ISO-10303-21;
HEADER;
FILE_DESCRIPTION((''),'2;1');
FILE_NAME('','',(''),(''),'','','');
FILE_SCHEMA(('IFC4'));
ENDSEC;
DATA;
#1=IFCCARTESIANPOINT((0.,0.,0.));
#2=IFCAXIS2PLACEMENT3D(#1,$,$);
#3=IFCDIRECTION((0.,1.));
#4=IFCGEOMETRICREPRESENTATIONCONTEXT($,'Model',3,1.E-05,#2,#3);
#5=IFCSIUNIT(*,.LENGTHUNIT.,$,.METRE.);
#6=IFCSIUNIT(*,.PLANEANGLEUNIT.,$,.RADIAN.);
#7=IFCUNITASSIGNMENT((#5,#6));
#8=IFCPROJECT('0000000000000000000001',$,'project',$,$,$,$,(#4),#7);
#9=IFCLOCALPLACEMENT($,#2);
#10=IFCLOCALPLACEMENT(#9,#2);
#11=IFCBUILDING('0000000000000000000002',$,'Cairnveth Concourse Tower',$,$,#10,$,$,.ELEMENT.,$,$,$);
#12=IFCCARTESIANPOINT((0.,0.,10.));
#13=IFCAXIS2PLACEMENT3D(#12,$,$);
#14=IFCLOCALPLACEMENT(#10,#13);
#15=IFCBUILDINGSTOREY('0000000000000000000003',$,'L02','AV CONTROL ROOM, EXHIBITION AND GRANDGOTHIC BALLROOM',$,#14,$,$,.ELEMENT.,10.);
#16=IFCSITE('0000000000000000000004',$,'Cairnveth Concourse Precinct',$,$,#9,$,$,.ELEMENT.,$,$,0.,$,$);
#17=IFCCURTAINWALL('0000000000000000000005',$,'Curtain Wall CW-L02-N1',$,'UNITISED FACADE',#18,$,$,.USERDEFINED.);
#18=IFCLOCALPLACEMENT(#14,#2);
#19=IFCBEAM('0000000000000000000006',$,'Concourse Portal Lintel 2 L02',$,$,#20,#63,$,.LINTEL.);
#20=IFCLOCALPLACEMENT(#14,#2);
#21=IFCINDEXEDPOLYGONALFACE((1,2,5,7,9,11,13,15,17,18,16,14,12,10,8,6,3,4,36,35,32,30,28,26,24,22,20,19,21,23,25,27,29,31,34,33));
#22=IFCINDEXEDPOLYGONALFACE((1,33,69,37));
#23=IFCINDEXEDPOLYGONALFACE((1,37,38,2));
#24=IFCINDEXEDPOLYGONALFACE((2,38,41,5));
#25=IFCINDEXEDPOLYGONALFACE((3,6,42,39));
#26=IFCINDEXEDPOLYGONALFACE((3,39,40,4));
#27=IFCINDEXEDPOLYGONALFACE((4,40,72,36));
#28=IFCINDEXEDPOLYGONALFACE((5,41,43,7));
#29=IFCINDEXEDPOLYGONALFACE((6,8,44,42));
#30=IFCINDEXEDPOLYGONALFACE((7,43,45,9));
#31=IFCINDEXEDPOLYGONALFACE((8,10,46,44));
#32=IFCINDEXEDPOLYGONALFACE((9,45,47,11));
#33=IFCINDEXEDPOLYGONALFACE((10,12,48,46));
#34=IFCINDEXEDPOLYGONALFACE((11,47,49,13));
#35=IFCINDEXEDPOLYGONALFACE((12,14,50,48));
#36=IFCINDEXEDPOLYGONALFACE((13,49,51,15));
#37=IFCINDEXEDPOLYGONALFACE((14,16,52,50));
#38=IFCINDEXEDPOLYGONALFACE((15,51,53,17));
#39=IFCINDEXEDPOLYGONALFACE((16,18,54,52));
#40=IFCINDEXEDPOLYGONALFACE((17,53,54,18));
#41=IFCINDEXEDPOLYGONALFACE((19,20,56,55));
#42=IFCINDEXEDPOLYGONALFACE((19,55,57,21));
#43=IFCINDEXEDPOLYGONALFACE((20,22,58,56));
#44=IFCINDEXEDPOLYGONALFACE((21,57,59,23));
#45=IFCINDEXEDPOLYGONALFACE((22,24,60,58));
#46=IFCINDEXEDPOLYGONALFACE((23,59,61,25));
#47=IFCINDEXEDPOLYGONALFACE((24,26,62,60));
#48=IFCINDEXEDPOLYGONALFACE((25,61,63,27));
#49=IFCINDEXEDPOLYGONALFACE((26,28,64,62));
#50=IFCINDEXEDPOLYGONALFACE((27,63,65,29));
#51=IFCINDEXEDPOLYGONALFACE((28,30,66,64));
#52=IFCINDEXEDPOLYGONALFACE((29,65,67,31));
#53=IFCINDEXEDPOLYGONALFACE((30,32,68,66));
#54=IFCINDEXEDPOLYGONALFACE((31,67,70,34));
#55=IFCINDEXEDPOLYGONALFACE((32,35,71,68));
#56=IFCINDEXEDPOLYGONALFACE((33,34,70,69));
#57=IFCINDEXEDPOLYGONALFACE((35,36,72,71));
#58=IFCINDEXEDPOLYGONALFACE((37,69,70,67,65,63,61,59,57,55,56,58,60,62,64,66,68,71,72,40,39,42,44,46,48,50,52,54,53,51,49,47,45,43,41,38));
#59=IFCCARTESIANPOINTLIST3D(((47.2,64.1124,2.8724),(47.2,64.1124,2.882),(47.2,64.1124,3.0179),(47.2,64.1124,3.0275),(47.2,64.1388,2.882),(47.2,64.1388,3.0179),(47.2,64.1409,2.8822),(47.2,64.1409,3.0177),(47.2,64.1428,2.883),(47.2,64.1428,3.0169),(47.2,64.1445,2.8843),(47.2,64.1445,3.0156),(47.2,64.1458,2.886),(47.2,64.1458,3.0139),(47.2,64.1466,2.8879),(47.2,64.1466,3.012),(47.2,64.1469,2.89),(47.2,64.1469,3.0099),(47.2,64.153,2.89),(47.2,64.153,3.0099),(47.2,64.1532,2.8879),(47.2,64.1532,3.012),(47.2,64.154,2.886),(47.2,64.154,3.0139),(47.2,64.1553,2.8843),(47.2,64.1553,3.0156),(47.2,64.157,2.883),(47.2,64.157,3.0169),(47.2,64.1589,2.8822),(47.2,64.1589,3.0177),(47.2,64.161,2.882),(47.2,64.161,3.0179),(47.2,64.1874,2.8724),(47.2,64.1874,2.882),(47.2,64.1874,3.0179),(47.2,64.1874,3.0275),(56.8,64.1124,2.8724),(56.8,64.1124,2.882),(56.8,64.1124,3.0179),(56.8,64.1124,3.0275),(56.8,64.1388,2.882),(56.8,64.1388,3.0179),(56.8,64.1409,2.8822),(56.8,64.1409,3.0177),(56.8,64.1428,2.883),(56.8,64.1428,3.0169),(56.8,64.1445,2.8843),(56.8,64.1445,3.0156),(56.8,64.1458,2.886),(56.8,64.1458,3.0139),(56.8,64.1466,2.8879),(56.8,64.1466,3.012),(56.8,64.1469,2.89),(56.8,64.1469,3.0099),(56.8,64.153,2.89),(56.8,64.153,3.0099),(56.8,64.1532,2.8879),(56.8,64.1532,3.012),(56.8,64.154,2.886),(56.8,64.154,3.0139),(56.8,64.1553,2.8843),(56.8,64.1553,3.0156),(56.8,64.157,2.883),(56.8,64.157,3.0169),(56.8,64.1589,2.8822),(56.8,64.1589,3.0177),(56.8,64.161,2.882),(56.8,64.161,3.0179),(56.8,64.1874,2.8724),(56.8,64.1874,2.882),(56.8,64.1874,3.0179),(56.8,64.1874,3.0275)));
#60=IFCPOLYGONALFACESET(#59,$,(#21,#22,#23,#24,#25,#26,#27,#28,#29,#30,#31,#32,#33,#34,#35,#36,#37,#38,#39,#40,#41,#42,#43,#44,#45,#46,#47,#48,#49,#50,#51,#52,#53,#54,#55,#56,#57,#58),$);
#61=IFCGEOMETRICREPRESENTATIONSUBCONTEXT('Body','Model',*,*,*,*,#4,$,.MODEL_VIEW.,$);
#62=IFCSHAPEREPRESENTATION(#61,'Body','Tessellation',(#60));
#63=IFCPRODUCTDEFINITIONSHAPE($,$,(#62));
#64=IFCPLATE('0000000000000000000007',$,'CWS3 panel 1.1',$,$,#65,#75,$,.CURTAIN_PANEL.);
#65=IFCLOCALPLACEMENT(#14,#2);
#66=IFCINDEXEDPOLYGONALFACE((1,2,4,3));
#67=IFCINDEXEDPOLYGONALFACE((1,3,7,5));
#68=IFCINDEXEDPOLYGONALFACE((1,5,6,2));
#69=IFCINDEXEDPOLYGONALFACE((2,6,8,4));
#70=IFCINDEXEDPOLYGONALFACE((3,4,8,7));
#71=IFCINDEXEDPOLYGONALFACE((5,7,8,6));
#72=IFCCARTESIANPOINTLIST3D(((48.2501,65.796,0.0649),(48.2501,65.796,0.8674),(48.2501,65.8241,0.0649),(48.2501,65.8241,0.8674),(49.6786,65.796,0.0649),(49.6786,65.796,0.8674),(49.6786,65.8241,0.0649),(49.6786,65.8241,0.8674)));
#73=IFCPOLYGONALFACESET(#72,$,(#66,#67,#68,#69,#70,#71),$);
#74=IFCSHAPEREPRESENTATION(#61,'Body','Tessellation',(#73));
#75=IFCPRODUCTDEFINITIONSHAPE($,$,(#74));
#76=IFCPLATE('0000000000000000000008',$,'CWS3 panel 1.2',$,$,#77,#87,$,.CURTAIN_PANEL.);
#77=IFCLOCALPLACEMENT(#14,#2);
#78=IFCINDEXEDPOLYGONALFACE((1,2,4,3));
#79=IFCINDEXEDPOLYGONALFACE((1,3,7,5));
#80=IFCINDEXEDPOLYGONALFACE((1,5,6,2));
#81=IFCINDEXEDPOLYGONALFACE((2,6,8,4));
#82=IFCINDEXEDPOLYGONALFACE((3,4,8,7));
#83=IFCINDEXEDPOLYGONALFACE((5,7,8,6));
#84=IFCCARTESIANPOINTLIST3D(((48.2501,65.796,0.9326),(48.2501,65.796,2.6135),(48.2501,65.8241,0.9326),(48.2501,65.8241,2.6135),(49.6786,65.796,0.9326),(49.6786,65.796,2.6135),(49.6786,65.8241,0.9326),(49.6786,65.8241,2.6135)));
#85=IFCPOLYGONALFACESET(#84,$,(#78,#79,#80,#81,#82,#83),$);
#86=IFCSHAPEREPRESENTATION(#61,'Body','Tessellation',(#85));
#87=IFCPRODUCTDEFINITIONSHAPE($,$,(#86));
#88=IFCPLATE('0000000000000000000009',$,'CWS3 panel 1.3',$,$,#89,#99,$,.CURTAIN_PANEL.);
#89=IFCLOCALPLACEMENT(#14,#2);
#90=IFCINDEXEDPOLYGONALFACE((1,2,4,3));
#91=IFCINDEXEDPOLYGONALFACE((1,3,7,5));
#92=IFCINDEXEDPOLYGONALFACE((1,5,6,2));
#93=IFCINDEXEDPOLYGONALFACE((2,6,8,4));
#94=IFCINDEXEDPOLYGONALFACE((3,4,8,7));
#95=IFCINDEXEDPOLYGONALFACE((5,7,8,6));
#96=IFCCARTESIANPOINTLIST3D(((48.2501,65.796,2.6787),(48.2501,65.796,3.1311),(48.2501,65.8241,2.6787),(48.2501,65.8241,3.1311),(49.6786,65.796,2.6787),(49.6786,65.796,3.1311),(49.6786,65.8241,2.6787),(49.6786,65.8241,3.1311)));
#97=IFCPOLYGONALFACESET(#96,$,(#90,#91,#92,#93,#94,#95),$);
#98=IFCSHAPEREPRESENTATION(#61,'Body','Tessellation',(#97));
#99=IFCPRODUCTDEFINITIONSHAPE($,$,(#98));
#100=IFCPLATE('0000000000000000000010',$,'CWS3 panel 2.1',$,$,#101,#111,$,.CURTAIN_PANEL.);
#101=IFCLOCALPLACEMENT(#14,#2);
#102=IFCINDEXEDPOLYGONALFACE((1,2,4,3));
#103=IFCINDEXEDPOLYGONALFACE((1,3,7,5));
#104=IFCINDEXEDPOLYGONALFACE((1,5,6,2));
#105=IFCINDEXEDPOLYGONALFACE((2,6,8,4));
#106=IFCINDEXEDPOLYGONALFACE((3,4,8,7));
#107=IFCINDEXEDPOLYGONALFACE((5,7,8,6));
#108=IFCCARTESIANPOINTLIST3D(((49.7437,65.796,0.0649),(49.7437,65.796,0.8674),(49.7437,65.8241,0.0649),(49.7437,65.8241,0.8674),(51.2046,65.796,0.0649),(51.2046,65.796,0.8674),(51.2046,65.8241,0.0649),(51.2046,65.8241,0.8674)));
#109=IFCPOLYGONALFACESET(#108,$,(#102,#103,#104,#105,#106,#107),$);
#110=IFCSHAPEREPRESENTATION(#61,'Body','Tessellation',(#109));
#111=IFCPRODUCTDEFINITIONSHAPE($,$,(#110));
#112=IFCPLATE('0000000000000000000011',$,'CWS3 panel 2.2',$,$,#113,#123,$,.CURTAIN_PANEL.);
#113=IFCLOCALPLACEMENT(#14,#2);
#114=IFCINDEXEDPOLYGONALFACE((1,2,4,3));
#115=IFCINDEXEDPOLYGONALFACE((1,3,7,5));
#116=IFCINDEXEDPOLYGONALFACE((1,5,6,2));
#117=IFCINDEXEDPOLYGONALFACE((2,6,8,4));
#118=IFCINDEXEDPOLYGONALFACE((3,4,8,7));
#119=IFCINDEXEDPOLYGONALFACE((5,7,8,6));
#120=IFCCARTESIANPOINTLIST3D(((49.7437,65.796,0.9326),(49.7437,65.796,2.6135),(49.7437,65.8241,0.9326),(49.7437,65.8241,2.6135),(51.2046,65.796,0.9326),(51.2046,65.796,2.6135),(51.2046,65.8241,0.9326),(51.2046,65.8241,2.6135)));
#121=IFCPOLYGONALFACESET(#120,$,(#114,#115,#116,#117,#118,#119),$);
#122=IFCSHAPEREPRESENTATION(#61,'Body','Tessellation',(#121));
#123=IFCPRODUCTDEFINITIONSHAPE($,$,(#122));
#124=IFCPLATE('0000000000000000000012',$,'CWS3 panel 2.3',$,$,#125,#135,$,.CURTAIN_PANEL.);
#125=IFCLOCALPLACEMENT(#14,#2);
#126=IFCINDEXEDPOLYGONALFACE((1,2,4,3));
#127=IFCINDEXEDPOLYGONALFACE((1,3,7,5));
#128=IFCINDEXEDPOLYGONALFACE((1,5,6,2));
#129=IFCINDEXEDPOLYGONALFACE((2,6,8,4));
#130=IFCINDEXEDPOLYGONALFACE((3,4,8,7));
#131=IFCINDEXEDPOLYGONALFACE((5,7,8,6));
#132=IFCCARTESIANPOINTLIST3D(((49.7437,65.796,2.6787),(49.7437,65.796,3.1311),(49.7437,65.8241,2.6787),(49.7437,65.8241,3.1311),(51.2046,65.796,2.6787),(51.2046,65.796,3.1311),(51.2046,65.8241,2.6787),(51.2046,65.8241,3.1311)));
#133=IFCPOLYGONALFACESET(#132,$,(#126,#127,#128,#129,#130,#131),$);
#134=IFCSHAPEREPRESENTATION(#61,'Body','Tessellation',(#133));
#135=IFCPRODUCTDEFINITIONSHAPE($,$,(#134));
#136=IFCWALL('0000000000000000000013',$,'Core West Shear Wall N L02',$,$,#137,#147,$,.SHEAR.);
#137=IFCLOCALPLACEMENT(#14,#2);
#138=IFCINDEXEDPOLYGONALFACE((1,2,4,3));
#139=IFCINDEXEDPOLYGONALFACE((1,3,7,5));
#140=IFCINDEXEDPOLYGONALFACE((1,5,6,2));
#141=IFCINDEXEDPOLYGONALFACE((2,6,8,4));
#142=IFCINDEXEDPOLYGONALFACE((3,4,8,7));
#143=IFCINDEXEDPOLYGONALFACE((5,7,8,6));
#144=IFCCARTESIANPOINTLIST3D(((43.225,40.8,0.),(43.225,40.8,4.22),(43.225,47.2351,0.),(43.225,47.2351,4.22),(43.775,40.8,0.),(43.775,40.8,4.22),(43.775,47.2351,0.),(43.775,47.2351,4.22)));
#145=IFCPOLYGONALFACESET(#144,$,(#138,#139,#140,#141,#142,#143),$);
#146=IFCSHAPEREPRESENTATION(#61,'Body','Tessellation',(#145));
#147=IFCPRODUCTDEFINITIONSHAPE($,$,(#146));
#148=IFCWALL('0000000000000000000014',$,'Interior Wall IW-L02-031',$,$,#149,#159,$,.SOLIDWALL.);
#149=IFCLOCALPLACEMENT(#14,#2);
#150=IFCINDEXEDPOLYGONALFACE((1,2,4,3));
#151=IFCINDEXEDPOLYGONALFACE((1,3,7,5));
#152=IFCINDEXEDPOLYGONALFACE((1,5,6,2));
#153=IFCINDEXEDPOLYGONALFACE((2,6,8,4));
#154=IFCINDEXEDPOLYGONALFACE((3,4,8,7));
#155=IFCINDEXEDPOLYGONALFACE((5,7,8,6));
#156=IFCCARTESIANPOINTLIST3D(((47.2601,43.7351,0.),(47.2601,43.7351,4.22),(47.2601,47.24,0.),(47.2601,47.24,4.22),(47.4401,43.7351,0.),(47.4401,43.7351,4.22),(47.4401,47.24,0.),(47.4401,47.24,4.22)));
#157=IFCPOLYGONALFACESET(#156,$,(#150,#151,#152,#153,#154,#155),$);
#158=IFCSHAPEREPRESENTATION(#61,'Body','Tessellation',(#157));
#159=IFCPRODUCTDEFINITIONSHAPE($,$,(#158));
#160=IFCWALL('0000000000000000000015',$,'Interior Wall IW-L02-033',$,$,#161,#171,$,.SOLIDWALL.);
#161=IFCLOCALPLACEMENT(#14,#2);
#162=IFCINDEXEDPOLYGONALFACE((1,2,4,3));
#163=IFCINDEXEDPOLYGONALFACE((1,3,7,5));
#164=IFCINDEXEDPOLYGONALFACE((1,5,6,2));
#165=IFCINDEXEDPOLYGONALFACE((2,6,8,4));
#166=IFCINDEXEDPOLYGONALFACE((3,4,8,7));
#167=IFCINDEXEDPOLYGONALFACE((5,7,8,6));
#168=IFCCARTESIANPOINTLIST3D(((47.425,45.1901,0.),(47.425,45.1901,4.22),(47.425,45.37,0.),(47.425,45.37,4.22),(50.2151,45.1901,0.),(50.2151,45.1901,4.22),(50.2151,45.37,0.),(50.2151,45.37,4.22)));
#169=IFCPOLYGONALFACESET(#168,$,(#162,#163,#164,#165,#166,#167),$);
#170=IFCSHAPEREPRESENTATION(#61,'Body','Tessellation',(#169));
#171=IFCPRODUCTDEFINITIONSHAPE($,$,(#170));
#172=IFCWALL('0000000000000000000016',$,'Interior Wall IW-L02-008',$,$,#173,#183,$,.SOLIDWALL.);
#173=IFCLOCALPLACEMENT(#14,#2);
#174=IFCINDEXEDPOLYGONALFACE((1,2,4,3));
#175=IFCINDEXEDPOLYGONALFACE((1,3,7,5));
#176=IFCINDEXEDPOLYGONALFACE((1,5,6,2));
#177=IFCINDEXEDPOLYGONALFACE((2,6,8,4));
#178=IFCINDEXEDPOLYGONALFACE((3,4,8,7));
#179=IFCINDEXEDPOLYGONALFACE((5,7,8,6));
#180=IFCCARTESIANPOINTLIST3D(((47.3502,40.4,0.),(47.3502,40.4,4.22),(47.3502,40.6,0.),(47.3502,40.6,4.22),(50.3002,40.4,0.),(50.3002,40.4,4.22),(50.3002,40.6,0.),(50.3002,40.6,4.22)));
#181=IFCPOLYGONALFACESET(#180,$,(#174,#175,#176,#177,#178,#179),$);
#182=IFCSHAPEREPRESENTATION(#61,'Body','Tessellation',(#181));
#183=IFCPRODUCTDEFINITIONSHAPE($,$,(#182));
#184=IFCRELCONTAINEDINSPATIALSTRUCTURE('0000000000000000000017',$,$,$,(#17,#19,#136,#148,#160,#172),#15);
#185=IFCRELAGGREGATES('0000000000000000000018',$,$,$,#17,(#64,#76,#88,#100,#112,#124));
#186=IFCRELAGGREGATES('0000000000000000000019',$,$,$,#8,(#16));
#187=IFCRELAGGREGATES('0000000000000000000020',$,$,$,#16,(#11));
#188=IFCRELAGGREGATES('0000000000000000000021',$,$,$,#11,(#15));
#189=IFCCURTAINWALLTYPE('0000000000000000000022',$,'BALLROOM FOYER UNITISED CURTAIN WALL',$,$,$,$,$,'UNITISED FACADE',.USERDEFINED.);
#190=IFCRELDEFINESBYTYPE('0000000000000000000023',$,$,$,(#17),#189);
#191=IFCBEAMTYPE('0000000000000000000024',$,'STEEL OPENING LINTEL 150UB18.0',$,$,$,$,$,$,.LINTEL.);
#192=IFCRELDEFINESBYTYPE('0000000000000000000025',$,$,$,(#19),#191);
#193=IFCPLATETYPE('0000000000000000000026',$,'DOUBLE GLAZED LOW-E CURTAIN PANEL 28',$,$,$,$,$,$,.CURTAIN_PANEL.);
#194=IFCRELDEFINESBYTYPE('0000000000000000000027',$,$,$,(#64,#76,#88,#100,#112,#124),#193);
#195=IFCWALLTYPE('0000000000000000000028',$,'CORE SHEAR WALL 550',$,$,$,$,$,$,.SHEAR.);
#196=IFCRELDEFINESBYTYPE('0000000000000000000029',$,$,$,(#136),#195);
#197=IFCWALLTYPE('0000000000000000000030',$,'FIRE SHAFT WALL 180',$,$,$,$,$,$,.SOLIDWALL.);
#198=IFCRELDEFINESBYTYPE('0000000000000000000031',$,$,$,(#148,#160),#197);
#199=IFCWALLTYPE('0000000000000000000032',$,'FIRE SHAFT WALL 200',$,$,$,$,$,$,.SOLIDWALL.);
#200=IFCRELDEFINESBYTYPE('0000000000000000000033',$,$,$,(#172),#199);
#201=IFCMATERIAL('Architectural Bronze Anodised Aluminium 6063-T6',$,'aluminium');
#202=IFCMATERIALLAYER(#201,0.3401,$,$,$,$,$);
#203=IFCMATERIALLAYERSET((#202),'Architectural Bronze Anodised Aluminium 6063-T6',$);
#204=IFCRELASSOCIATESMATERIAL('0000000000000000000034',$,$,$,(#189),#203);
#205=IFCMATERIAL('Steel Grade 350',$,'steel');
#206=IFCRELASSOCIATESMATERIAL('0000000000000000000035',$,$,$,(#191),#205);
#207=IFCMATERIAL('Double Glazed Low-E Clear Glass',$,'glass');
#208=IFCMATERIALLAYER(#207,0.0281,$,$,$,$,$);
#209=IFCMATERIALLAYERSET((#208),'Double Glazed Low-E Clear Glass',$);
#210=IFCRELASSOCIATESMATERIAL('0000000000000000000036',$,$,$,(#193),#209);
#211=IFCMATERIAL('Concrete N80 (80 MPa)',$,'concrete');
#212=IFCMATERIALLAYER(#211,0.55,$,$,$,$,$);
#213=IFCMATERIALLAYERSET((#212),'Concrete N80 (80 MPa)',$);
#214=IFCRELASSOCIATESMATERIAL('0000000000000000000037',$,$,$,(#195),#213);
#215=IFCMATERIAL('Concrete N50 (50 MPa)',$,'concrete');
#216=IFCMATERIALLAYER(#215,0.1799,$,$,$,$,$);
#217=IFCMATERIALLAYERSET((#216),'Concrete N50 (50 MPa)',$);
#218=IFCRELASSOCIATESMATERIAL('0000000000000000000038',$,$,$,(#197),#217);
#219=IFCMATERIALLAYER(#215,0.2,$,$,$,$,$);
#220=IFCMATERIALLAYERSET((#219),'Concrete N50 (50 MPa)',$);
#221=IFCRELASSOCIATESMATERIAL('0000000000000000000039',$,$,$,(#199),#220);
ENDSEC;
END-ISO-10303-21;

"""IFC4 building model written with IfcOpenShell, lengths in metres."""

from ifc_helpers import new_model, si_unit, direction, frame, frame_2d, origin, origin_2d, place, context, subcontext, project, spatial, rectangle, i_section, extrude, material, layer, layer_set, material_profile, profile_set, type_object, element, aggregate, save


model = new_model("IFC4")

# Units and contexts
model_context = context("Model", 3, precision=1e-05, world=origin(), true_north=direction((0.0, 1.0)))
body_context = subcontext(model_context, "Body", "Model", "MODEL_VIEW")
ifc_project = project(units=[si_unit("LENGTHUNIT", "METRE"), si_unit("PLANEANGLEUNIT", "RADIAN")], contexts=[model_context])

# Site, building, storey
site_placement = place(None, origin())
site = spatial("IfcSite", under=ifc_project, at=site_placement, Name="Cairnveth Concourse Precinct", CompositionType="ELEMENT", RefElevation=0.0)
building_placement = place(site_placement, origin())
building = spatial("IfcBuilding", under=site, at=building_placement, Name="Cairnveth Concourse Tower", CompositionType="ELEMENT")
storey_placement = place(building_placement, frame((0.0, 0.0, 10.0)))
storey = spatial("IfcBuildingStorey", under=building, at=storey_placement, Name="L02", Description="AV CONTROL ROOM, EXHIBITION AND GRANDGOTHIC BALLROOM", CompositionType="ELEMENT", Elevation=10.0)

# Shared definitions
ifc_material_1 = material(Name="Concrete N80 (80 MPa)", Category="concrete")

# Curtain wall
ifc_material_2 = material(Name="Architectural Bronze Anodised Aluminium 6063-T6", Category="aluminium")
ifc_layer_1 = layer(ifc_material_2, 0.3401)
ifc_layer_set_1 = layer_set([ifc_layer_1], Name="Architectural Bronze Anodised Aluminium 6063-T6")
curtain_wall_type = type_object("IfcCurtainWallType", Name="BALLROOM FOYER UNITISED CURTAIN WALL", ElementType="UNITISED FACADE", PredefinedType="USERDEFINED", material=ifc_layer_set_1)
curtain_wall_placement = place(storey_placement, origin())
curtain_wall = element("IfcCurtainWall", 1, at=curtain_wall_placement, inside=storey, type_object=curtain_wall_type, Name="Curtain Wall CW-L02-N1", ObjectType="UNITISED FACADE", PredefinedType="USERDEFINED")

# Beam
ifc_material_3 = material(Name="Steel Grade 350", Category="steel")
ifc_material_profile_1 = material_profile(ifc_material_3, i_section(OverallWidth=0.075, OverallDepth=0.155, WebThickness=0.0061, FlangeThickness=0.0095, FilletRadius=0.0081, at=origin_2d()), Name="150UB18.0")
ifc_profile_set_1 = profile_set([ifc_material_profile_1], Name="Steel Grade 350")
beam_type_1 = type_object("IfcBeamType", Name="STEEL OPENING LINTEL 150UB18.0", PredefinedType="LINTEL", material=ifc_profile_set_1)
beam_1_placement = place(storey_placement, frame((47.2, 64.1499, 2.95), z_axis=(1.0, 0.0, 0.0), x_axis=(0.0, 1.0, 0.0)))
element("IfcBeam", 2, at=beam_1_placement, inside=storey, type_object=beam_type_1, Name="Concourse Portal Lintel 2 L02", PredefinedType="LINTEL", context=body_context, shape_type="SweptSolid", body=[
    extrude(i_section(OverallWidth=0.075, OverallDepth=0.155, WebThickness=0.0061, FlangeThickness=0.0095, FilletRadius=0.0081, at=origin_2d()), origin(), (0.0, 0.0, 1.0), 9.6001),
])

# Plates
ifc_material_4 = material(Name="Double Glazed Low-E Clear Glass", Category="glass")
ifc_layer_2 = layer(ifc_material_4, 0.0281)
ifc_layer_set_2 = layer_set([ifc_layer_2], Name="Double Glazed Low-E Clear Glass")
plate_type = type_object("IfcPlateType", Name="DOUBLE GLAZED LOW-E CURTAIN PANEL 28", PredefinedType="CURTAIN_PANEL", material=ifc_layer_set_2)
plate_1_placement = place(storey_placement, frame((48.9644, 65.8101, 0.0649), z_axis=(0.0, 0.0, 1.0), x_axis=(1.0, 0.0, 0.0)))
plate_1 = element("IfcPlate", 3, at=plate_1_placement, type_object=plate_type, Name="CWS3 panel 1.1", PredefinedType="CURTAIN_PANEL", context=body_context, shape_type="SweptSolid", body=[
    extrude(rectangle(XDim=1.4285, YDim=0.0281, at=origin_2d()), origin(), (0.0, 0.0, 1.0), 0.8025),
])
plate_2_placement = place(storey_placement, frame((48.9644, 65.8101, 0.9326), z_axis=(0.0, 0.0, 1.0), x_axis=(1.0, 0.0, 0.0)))
plate_2 = element("IfcPlate", 4, at=plate_2_placement, type_object=plate_type, Name="CWS3 panel 1.2", PredefinedType="CURTAIN_PANEL", context=body_context, shape_type="SweptSolid", body=[
    extrude(rectangle(XDim=1.4285, YDim=0.0281, at=origin_2d()), origin(), (0.0, 0.0, 1.0), 1.6809),
])
plate_3_placement = place(storey_placement, frame((48.9644, 65.8101, 2.6787), z_axis=(0.0, 0.0, 1.0), x_axis=(1.0, 0.0, 0.0)))
plate_3 = element("IfcPlate", 5, at=plate_3_placement, type_object=plate_type, Name="CWS3 panel 1.3", PredefinedType="CURTAIN_PANEL", context=body_context, shape_type="SweptSolid", body=[
    extrude(rectangle(XDim=1.4285, YDim=0.0281, at=origin_2d()), origin(), (0.0, 0.0, 1.0), 0.4524),
])
plate_4_placement = place(storey_placement, frame((50.4741, 65.8101, 0.0649), z_axis=(0.0, 0.0, 1.0), x_axis=(1.0, 0.0, 0.0)))
plate_4 = element("IfcPlate", 6, at=plate_4_placement, type_object=plate_type, Name="CWS3 panel 2.1", PredefinedType="CURTAIN_PANEL", context=body_context, shape_type="SweptSolid", body=[
    extrude(rectangle(XDim=1.4609, YDim=0.0281, at=origin_2d()), origin(), (0.0, 0.0, 1.0), 0.8025),
])
plate_5_placement = place(storey_placement, frame((50.4741, 65.8101, 0.9326), z_axis=(0.0, 0.0, 1.0), x_axis=(1.0, 0.0, 0.0)))
plate_5 = element("IfcPlate", 7, at=plate_5_placement, type_object=plate_type, Name="CWS3 panel 2.2", PredefinedType="CURTAIN_PANEL", context=body_context, shape_type="SweptSolid", body=[
    extrude(rectangle(XDim=1.4609, YDim=0.0281, at=origin_2d()), origin(), (0.0, 0.0, 1.0), 1.6809),
])
plate_6_placement = place(storey_placement, frame((50.4741, 65.8101, 2.6787), z_axis=(0.0, 0.0, 1.0), x_axis=(1.0, 0.0, 0.0)))
plate_6 = element("IfcPlate", 8, at=plate_6_placement, type_object=plate_type, Name="CWS3 panel 2.3", PredefinedType="CURTAIN_PANEL", context=body_context, shape_type="SweptSolid", body=[
    extrude(rectangle(XDim=1.4609, YDim=0.0281, at=origin_2d()), origin(), (0.0, 0.0, 1.0), 0.4524),
])
aggregate(curtain_wall, [plate_1, plate_2, plate_3, plate_4, plate_5, plate_6])

# Walls
ifc_layer_3 = layer(ifc_material_1, 0.55)
ifc_layer_set_3 = layer_set([ifc_layer_3], Name="Concrete N80 (80 MPa)")
wall_type_1 = type_object("IfcWallType", Name="CORE SHEAR WALL 550", PredefinedType="SHEAR", material=ifc_layer_set_3)
wall_1_placement = place(storey_placement, frame((43.5, 40.8, 0.0), z_axis=(0.0, 0.0, 1.0), x_axis=(0.0, 1.0, 0.0)))
element("IfcWall", 9, at=wall_1_placement, inside=storey, type_object=wall_type_1, Name="Core West Shear Wall N L02", PredefinedType="SHEAR", context=body_context, shape_type="SweptSolid", body=[
    extrude(rectangle(XDim=6.4351, YDim=0.55, at=frame_2d((3.2175, 0.0))), origin(), (0.0, 0.0, 1.0), 4.22),
])
ifc_material_5 = material(Name="Concrete N50 (50 MPa)", Category="concrete")
ifc_layer_4 = layer(ifc_material_5, 0.1799)
ifc_layer_set_4 = layer_set([ifc_layer_4], Name="Concrete N50 (50 MPa)")
wall_type_2 = type_object("IfcWallType", Name="FIRE SHAFT WALL 180", PredefinedType="SOLIDWALL", material=ifc_layer_set_4)
wall_2_placement = place(storey_placement, frame((47.3501, 43.7351, 0.0), z_axis=(0.0, 0.0, 1.0), x_axis=(0.0, 1.0, 0.0)))
element("IfcWall", 10, at=wall_2_placement, inside=storey, type_object=wall_type_2, Name="Interior Wall IW-L02-031", PredefinedType="SOLIDWALL", context=body_context, shape_type="SweptSolid", body=[
    extrude(rectangle(XDim=3.5049, YDim=0.1799, at=frame_2d((1.7524, 0.0))), origin(), (0.0, 0.0, 1.0), 4.22),
])
wall_3_placement = place(storey_placement, frame((47.425, 45.28, 0.0), z_axis=(0.0, 0.0, 1.0), x_axis=(1.0, 0.0, 0.0)))
element("IfcWall", 11, at=wall_3_placement, inside=storey, type_object=wall_type_2, Name="Interior Wall IW-L02-033", PredefinedType="SOLIDWALL", context=body_context, shape_type="SweptSolid", body=[
    extrude(rectangle(XDim=2.79, YDim=0.1799, at=frame_2d((1.395, 0.0))), origin(), (0.0, 0.0, 1.0), 4.22),
])
ifc_layer_5 = layer(ifc_material_5, 0.2)
ifc_layer_set_5 = layer_set([ifc_layer_5], Name="Concrete N50 (50 MPa)")
wall_type_3 = type_object("IfcWallType", Name="FIRE SHAFT WALL 200", PredefinedType="SOLIDWALL", material=ifc_layer_set_5)
wall_4_placement = place(storey_placement, frame((47.3501, 40.5, 0.0), z_axis=(0.0, 0.0, 1.0), x_axis=(1.0, 0.0, 0.0)))
element("IfcWall", 12, at=wall_4_placement, inside=storey, type_object=wall_type_3, Name="Interior Wall IW-L02-008", PredefinedType="SOLIDWALL", context=body_context, shape_type="SweptSolid", body=[
    extrude(rectangle(XDim=2.95, YDim=0.2, at=frame_2d((1.4751, 0.0))), origin(), (0.0, 0.0, 1.0), 4.22),
])

save(model, "model.ifc")
